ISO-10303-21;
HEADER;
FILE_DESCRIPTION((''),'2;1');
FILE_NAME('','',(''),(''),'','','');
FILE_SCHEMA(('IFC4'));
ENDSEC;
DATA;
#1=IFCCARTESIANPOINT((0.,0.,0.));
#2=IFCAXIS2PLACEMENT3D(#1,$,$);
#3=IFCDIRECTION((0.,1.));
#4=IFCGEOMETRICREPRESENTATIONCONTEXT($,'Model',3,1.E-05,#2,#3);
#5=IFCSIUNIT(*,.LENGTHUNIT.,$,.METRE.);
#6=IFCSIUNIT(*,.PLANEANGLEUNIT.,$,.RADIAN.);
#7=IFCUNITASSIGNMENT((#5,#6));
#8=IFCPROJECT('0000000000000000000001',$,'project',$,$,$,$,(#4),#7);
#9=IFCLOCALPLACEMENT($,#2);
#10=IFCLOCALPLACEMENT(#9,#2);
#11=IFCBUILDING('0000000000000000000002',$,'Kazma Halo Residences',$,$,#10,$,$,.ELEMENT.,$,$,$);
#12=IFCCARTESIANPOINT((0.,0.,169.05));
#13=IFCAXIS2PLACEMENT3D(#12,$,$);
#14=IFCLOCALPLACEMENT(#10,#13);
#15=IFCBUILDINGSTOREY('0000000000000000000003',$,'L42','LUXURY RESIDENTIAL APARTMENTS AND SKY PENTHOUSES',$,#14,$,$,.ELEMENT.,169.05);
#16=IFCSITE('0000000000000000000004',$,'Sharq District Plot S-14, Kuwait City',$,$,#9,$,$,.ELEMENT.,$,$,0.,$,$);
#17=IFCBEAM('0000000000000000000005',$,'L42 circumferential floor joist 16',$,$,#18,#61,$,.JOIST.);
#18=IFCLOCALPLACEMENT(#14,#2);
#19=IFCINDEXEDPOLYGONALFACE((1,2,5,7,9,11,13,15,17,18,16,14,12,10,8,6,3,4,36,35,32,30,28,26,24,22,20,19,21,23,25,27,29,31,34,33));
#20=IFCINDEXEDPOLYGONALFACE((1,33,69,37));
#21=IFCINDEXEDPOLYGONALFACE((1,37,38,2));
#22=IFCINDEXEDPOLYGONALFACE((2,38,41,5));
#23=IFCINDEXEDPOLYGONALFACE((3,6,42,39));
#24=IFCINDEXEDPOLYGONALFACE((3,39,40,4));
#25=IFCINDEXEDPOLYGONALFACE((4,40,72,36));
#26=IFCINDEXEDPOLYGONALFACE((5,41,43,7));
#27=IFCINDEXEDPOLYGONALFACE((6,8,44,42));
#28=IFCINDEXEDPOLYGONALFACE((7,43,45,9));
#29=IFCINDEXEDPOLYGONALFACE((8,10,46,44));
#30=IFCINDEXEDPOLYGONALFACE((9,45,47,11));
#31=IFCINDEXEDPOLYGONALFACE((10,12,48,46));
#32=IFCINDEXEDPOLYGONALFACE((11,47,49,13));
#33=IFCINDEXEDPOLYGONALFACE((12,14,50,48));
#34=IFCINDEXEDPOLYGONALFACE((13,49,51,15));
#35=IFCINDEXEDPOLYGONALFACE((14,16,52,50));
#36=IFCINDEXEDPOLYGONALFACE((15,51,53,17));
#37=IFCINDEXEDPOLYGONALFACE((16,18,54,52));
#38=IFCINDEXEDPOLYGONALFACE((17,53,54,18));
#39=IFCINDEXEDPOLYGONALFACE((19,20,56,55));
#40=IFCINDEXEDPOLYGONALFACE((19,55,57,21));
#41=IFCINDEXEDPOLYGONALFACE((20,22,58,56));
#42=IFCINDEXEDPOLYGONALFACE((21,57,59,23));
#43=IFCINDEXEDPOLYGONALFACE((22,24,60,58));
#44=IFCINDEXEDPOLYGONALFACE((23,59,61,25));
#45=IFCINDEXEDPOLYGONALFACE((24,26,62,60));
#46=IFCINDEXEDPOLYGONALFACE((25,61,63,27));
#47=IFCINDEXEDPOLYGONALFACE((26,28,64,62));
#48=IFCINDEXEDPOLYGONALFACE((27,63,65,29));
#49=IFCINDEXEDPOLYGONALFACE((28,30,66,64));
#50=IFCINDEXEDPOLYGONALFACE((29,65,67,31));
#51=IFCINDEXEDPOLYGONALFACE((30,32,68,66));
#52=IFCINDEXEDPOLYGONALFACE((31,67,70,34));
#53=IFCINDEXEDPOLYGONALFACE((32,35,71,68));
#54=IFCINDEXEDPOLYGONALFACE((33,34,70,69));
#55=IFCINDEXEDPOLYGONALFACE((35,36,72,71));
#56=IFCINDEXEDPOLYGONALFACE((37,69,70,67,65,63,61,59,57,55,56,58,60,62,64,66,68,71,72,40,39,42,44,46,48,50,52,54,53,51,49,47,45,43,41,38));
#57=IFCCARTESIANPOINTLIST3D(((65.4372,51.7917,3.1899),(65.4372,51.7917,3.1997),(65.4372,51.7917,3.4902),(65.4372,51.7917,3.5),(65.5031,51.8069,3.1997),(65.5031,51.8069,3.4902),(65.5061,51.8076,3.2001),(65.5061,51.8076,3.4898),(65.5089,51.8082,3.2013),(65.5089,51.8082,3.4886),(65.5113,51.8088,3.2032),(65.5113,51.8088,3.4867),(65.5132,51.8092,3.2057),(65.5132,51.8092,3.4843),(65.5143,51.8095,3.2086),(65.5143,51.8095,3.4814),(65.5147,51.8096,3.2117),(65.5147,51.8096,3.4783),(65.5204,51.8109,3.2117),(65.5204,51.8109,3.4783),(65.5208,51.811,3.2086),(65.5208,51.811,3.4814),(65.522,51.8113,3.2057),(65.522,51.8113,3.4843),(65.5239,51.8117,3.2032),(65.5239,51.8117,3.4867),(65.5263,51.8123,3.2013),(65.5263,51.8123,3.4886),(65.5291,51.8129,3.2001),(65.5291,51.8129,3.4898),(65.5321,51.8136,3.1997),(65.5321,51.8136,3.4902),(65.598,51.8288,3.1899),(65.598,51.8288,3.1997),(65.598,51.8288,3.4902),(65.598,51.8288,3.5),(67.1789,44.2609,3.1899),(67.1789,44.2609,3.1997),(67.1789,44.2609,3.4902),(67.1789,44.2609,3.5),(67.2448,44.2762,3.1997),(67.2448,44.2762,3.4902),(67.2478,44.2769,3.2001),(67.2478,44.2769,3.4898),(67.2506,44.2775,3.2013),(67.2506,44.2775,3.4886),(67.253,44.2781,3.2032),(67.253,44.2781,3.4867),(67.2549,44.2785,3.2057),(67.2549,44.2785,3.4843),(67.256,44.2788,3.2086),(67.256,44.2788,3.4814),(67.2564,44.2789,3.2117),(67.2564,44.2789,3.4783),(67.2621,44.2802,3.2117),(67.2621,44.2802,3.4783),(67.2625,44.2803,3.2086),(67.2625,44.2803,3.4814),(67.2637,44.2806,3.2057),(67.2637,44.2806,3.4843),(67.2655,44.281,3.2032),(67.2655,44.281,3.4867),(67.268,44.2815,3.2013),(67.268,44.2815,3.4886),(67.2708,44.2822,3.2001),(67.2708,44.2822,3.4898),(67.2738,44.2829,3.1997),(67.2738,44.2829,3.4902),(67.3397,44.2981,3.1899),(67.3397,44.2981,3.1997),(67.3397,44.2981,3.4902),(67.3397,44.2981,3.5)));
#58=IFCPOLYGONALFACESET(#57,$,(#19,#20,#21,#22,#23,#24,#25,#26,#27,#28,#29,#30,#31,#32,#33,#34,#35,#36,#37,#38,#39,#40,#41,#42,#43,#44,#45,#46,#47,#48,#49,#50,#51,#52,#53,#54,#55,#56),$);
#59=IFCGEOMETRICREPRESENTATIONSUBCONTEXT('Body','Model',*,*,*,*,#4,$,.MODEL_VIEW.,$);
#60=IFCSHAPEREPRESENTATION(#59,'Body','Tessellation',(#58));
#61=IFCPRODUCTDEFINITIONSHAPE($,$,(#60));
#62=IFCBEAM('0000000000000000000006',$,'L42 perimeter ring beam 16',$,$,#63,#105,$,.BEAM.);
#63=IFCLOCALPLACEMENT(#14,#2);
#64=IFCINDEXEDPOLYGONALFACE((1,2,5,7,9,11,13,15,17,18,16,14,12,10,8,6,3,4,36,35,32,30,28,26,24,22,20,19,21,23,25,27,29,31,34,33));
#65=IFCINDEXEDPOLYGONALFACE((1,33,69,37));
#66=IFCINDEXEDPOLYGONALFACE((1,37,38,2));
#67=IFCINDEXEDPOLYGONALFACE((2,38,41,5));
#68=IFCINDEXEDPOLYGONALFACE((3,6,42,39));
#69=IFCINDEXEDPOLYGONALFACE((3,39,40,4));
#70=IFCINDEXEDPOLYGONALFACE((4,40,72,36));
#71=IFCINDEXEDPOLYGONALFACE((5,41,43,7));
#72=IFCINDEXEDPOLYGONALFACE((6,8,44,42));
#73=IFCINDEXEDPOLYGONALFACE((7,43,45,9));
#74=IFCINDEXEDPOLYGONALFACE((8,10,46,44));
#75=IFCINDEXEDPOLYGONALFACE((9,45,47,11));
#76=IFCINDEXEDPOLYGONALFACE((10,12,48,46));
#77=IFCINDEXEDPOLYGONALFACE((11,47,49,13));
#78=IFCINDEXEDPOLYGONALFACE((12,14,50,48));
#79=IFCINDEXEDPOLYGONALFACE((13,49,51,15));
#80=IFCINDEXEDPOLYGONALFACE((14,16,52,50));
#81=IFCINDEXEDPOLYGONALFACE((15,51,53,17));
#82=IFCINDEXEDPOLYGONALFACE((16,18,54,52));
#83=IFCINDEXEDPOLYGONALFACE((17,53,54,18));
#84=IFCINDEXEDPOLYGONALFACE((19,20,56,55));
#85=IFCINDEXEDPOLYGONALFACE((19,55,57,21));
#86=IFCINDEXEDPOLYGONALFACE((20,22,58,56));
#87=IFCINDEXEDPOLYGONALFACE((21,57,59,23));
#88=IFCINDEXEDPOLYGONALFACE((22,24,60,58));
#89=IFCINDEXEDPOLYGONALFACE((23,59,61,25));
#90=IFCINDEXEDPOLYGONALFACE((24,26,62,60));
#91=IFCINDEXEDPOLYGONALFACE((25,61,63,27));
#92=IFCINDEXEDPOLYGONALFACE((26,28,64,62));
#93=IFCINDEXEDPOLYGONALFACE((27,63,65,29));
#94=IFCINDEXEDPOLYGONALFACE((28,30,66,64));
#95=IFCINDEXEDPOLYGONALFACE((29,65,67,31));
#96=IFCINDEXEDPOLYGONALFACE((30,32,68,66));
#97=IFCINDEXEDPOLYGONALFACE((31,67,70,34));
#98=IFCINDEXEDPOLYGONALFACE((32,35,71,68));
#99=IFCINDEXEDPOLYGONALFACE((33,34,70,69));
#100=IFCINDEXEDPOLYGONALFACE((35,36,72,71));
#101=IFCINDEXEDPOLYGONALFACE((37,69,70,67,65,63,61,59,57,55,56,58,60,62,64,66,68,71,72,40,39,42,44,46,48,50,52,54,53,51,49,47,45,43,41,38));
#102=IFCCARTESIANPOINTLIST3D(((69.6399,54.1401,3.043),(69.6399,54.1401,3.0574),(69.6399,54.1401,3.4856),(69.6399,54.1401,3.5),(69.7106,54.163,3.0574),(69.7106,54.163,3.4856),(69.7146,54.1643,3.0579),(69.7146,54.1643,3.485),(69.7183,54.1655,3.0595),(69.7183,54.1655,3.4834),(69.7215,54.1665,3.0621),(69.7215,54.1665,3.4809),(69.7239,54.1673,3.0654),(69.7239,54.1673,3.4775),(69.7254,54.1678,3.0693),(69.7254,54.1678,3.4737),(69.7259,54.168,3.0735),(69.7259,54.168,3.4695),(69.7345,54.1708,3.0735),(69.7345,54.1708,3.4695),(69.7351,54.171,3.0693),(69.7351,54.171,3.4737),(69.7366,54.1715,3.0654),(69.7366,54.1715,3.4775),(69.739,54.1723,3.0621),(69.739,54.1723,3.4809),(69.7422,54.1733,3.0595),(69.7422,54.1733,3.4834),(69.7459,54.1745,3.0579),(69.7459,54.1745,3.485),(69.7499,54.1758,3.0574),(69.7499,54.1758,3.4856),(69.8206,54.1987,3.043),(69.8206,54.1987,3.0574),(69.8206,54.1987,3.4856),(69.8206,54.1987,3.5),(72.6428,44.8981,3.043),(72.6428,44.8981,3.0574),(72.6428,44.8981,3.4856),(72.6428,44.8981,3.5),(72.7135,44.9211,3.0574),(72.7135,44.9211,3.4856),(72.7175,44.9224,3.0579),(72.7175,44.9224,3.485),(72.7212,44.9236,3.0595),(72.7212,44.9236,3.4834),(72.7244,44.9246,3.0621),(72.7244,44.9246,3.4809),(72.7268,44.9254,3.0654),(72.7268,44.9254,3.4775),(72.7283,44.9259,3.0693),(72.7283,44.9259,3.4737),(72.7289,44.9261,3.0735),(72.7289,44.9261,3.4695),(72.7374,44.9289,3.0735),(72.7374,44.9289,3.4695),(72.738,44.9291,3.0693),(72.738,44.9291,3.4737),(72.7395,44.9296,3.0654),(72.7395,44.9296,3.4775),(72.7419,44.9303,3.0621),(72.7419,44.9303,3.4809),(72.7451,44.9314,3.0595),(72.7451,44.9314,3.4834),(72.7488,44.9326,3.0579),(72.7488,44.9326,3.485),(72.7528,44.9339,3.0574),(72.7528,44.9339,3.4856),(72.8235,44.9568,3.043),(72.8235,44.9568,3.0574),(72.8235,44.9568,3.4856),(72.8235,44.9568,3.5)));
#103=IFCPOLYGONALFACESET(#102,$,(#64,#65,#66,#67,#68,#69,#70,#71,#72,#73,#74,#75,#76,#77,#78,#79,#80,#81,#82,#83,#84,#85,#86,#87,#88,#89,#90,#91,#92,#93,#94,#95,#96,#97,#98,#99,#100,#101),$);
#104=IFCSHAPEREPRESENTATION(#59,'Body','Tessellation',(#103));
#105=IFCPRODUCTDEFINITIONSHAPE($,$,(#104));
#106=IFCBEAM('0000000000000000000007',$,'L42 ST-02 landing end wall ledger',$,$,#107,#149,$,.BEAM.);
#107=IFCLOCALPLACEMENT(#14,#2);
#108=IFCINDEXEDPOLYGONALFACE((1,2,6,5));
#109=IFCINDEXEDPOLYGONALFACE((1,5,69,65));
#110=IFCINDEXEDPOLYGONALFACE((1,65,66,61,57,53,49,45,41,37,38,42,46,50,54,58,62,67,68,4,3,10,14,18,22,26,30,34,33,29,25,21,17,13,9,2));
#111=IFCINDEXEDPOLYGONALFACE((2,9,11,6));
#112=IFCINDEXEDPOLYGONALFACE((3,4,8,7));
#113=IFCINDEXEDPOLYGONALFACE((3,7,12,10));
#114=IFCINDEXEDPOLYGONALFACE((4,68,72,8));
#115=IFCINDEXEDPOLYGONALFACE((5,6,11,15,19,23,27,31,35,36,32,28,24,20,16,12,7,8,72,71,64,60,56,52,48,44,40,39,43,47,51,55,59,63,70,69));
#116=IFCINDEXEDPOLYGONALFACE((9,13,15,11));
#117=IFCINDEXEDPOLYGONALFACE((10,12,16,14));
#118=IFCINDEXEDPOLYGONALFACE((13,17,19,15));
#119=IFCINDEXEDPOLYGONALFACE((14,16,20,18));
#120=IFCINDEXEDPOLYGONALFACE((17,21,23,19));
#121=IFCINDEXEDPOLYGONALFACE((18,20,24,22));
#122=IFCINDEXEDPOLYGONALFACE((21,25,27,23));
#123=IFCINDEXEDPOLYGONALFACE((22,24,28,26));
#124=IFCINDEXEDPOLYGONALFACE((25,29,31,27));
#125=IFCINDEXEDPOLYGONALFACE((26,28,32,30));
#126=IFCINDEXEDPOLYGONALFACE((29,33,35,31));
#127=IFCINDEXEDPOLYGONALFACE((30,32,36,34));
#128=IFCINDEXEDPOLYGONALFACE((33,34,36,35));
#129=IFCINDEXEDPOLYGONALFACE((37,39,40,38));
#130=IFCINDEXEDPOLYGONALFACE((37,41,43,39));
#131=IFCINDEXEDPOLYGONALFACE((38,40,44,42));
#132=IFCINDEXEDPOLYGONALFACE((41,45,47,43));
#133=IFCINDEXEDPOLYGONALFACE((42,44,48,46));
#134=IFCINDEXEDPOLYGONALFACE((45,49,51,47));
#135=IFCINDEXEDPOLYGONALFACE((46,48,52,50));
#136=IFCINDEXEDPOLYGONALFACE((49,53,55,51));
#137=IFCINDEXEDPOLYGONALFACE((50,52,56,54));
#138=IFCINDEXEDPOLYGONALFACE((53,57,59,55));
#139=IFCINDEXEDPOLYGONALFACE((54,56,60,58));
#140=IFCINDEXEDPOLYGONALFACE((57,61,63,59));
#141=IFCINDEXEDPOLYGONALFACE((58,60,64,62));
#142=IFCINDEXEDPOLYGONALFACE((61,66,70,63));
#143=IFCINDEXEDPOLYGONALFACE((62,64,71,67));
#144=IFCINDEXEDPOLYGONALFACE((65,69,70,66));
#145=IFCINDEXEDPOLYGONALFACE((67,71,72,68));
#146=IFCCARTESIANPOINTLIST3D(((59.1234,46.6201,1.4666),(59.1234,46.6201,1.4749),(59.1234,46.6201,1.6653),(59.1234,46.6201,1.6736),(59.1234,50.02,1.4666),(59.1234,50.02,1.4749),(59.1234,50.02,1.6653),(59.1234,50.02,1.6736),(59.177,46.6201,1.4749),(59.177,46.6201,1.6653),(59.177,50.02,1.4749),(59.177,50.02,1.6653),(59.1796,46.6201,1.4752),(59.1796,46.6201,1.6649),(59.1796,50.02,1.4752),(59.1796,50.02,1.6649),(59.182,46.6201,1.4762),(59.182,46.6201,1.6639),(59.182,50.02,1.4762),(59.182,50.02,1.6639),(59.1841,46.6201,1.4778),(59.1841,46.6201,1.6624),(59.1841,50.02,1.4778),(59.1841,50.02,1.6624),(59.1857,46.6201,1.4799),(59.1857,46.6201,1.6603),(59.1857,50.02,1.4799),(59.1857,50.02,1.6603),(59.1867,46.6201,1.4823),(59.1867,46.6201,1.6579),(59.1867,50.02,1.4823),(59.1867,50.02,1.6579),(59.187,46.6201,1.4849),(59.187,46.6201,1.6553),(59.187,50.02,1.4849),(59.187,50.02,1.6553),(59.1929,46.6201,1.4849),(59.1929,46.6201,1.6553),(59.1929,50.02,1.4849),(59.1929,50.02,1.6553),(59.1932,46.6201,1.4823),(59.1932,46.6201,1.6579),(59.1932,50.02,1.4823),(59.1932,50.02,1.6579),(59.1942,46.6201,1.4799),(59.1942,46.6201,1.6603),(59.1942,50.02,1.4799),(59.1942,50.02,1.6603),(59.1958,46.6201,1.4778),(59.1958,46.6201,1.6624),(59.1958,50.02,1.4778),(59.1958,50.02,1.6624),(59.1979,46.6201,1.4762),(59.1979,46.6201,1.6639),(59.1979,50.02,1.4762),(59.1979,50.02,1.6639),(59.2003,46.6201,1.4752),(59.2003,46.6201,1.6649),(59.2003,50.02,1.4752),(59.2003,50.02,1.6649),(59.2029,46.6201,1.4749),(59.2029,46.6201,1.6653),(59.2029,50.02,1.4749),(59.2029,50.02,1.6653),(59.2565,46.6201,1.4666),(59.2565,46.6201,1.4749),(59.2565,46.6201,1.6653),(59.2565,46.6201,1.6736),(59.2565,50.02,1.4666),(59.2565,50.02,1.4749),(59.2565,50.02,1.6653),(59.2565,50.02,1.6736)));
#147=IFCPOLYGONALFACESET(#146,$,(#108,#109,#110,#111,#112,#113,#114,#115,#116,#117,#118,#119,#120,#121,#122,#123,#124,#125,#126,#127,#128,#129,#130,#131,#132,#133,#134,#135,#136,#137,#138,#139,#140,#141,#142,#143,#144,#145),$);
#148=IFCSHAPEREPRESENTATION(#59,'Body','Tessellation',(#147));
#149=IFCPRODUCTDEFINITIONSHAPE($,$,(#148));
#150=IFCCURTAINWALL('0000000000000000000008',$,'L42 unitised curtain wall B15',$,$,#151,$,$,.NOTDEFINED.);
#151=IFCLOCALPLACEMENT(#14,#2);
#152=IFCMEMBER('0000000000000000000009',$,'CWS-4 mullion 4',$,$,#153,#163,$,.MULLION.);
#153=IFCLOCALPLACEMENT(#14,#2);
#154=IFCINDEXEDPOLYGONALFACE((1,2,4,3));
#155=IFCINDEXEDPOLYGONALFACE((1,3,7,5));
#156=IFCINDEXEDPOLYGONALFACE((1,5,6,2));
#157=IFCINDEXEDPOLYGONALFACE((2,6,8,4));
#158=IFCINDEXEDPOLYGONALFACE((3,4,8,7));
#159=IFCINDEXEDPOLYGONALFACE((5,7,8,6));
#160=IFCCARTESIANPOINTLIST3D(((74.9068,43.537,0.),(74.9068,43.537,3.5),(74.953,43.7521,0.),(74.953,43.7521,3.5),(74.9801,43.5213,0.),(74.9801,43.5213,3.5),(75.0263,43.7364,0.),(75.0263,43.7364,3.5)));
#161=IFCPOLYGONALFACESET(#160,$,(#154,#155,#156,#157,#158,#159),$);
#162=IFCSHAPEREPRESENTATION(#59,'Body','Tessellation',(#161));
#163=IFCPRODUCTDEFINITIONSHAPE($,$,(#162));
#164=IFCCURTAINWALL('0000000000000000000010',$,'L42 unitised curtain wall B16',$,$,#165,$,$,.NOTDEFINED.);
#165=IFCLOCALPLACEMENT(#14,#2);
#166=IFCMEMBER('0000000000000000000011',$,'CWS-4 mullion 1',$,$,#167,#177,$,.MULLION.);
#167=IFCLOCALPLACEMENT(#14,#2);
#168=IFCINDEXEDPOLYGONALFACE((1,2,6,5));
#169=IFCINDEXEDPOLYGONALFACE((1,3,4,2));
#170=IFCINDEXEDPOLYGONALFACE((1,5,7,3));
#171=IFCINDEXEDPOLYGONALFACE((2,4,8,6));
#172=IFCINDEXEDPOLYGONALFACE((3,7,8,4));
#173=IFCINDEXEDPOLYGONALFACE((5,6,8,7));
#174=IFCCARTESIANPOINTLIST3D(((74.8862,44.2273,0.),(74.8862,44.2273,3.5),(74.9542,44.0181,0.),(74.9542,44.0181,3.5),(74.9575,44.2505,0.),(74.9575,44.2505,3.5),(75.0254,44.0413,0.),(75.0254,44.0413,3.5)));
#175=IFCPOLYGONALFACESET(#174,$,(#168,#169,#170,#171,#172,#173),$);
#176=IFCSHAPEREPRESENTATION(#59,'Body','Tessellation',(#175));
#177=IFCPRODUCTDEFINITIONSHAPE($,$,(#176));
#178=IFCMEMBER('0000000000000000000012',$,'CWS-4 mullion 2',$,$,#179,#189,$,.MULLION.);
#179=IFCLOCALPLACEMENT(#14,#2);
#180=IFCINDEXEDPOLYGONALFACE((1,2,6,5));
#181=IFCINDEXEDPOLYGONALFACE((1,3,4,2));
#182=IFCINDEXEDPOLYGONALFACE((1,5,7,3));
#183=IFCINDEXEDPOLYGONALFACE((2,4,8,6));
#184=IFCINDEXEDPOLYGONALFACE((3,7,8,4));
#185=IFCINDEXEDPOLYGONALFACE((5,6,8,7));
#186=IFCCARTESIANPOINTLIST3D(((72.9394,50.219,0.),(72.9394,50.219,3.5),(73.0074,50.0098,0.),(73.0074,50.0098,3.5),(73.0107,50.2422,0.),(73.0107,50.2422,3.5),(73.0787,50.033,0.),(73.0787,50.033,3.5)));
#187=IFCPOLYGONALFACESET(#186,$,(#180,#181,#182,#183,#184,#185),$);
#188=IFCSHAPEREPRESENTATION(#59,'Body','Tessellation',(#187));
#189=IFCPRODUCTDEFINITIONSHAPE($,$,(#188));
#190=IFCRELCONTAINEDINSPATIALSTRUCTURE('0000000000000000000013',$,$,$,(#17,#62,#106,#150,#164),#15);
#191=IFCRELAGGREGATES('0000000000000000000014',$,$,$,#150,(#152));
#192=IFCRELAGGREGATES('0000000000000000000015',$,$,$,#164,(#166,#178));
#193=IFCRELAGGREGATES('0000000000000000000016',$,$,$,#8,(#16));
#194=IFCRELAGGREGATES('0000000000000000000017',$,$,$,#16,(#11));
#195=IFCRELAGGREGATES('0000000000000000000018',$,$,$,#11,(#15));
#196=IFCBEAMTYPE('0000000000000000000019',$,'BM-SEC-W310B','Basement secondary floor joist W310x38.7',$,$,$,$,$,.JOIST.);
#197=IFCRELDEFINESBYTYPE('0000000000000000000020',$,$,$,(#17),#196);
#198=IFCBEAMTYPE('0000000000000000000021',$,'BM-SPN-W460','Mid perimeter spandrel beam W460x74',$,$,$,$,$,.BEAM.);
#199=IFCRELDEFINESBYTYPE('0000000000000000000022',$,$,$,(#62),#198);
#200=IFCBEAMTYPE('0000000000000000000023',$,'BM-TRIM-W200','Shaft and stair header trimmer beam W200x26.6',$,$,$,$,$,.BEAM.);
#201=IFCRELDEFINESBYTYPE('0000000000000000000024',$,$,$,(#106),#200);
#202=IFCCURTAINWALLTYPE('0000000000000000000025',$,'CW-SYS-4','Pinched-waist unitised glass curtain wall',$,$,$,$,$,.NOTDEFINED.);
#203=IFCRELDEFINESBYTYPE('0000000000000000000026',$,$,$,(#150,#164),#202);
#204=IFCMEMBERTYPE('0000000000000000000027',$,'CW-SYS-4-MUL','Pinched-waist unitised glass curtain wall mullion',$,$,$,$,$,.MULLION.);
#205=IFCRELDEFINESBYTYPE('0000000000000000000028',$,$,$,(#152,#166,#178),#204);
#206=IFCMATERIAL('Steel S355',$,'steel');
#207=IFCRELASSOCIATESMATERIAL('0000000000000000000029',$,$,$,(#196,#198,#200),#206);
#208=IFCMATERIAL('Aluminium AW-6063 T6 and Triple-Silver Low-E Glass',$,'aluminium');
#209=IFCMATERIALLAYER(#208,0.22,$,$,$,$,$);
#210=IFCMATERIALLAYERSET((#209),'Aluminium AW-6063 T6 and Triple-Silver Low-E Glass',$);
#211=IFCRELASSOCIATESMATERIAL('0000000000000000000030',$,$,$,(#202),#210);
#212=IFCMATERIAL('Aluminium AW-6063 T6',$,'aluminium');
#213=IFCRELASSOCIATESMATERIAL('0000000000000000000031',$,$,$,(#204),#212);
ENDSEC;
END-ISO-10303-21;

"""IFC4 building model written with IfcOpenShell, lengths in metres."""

from ifc_helpers import new_model, si_unit, direction, frame, origin, origin_2d, place, context, subcontext, project, spatial, rectangle, i_section, extrude, material, layer, layer_set, material_profile, profile_set, type_object, element, aggregate, save


model = new_model("IFC4")

# Units and contexts
model_context = context("Model", 3, precision=1e-05, world=origin(), true_north=direction((0.0, 1.0)))
body_context = subcontext(model_context, "Body", "Model", "MODEL_VIEW")
ifc_project = project(units=[si_unit("LENGTHUNIT", "METRE"), si_unit("PLANEANGLEUNIT", "RADIAN")], contexts=[model_context])

# Site, building, storey
site_placement = place(None, origin())
site = spatial("IfcSite", under=ifc_project, at=site_placement, Name="Sharq District Plot S-14, Kuwait City", CompositionType="ELEMENT", RefElevation=0.0)
building_placement = place(site_placement, origin())
building = spatial("IfcBuilding", under=site, at=building_placement, Name="Kazma Halo Residences", CompositionType="ELEMENT")
storey_placement = place(building_placement, frame((0.0, 0.0, 169.05)))
storey = spatial("IfcBuildingStorey", under=building, at=storey_placement, Name="L42", Description="LUXURY RESIDENTIAL APARTMENTS AND SKY PENTHOUSES", CompositionType="ELEMENT", Elevation=169.05)

# Beams
ifc_material_1 = material(Name="Steel S355", Category="steel")
ifc_material_profile_1 = material_profile(ifc_material_1, i_section(OverallWidth=0.165, OverallDepth=0.3101, WebThickness=0.0059, FlangeThickness=0.0098, FilletRadius=0.012, at=origin_2d()), Name="W310x38.7")
ifc_profile_set_1 = profile_set([ifc_material_profile_1], Name="Steel S355")
beam_type_1 = type_object("IfcBeamType", Name="BM-SEC-W310B", Description="Basement secondary floor joist W310x38.7", PredefinedType="JOIST", material=ifc_profile_set_1)
beam_1_placement = place(storey_placement, frame((67.2593, 44.2795, 3.345), z_axis=(-0.22533, 0.974282, 0.0), x_axis=(-0.974282, -0.22533, 0.0)))
element("IfcBeam", 1, at=beam_1_placement, inside=storey, type_object=beam_type_1, Name="L42 circumferential floor joist 16", PredefinedType="JOIST", context=body_context, shape_type="SweptSolid", body=[
    extrude(i_section(OverallWidth=0.165, OverallDepth=0.3101, WebThickness=0.0059, FlangeThickness=0.0098, FilletRadius=0.012, at=origin_2d()), origin(), (0.0, 0.0, 1.0), 7.7295),
])
ifc_material_profile_2 = material_profile(ifc_material_1, i_section(OverallWidth=0.1899, OverallDepth=0.457, WebThickness=0.009, FlangeThickness=0.0144, FilletRadius=0.0161, at=origin_2d()), Name="W460x74")
ifc_profile_set_2 = profile_set([ifc_material_profile_2], Name="Steel S355")
beam_type_2 = type_object("IfcBeamType", Name="BM-SPN-W460", Description="Mid perimeter spandrel beam W460x74", PredefinedType="BEAM", material=ifc_profile_set_2)
beam_2_placement = place(storey_placement, frame((72.7332, 44.9275, 3.2715), z_axis=(-0.309021, 0.951055, 0.0), x_axis=(-0.951055, -0.309021, 0.0)))
element("IfcBeam", 2, at=beam_2_placement, inside=storey, type_object=beam_type_2, Name="L42 perimeter ring beam 16", PredefinedType="BEAM", context=body_context, shape_type="SweptSolid", body=[
    extrude(i_section(OverallWidth=0.1899, OverallDepth=0.457, WebThickness=0.009, FlangeThickness=0.0144, FilletRadius=0.0161, at=origin_2d()), origin(), (0.0, 0.0, 1.0), 9.7175),
])
ifc_material_profile_3 = material_profile(ifc_material_1, i_section(OverallWidth=0.1331, OverallDepth=0.207, WebThickness=0.0059, FlangeThickness=0.0083, FilletRadius=0.01, at=origin_2d()), Name="W200x26.6")
ifc_profile_set_3 = profile_set([ifc_material_profile_3], Name="Steel S355")
beam_type_3 = type_object("IfcBeamType", Name="BM-TRIM-W200", Description="Shaft and stair header trimmer beam W200x26.6", PredefinedType="BEAM", material=ifc_profile_set_3)
beam_3_placement = place(storey_placement, frame((59.1899, 46.6201, 1.5701), z_axis=(0.0, 1.0, 0.0), x_axis=(-1.0, 0.0, 0.0)))
element("IfcBeam", 3, at=beam_3_placement, inside=storey, type_object=beam_type_3, Name="L42 ST-02 landing end wall ledger", PredefinedType="BEAM", context=body_context, shape_type="SweptSolid", body=[
    extrude(i_section(OverallWidth=0.1331, OverallDepth=0.207, WebThickness=0.0059, FlangeThickness=0.0083, FilletRadius=0.01, at=origin_2d()), origin(), (0.0, 0.0, 1.0), 3.3999),
])

# Curtain wall, member
ifc_material_2 = material(Name="Aluminium AW-6063 T6 and Triple-Silver Low-E Glass", Category="aluminium")
ifc_layer_1 = layer(ifc_material_2, 0.22)
ifc_layer_set_1 = layer_set([ifc_layer_1], Name="Aluminium AW-6063 T6 and Triple-Silver Low-E Glass")
curtain_wall_type = type_object("IfcCurtainWallType", Name="CW-SYS-4", Description="Pinched-waist unitised glass curtain wall", PredefinedType="NOTDEFINED", material=ifc_layer_set_1)
curtain_wall_1_placement = place(storey_placement, origin())
curtain_wall_1 = element("IfcCurtainWall", 4, at=curtain_wall_1_placement, inside=storey, type_object=curtain_wall_type, Name="L42 unitised curtain wall B15", PredefinedType="NOTDEFINED")
ifc_material_3 = material(Name="Aluminium AW-6063 T6", Category="aluminium")
ifc_material_profile_4 = material_profile(ifc_material_3, rectangle(XDim=0.075, YDim=0.22, at=origin_2d()), Name="CWM-75x220")
ifc_profile_set_4 = profile_set([ifc_material_profile_4], Name="Aluminium AW-6063 T6")
member_type_1 = type_object("IfcMemberType", Name="CW-SYS-4-MUL", Description="Pinched-waist unitised glass curtain wall mullion", PredefinedType="MULLION", material=ifc_profile_set_4)
member_1_placement = place(storey_placement, frame((74.9666, 43.6367, 0.0), z_axis=(0.0, 0.0, 1.0), x_axis=(-0.977765, 0.209704, 0.0)))
member_1 = element("IfcMember", 5, at=member_1_placement, type_object=member_type_1, Name="CWS-4 mullion 4", PredefinedType="MULLION", context=body_context, shape_type="SweptSolid", body=[
    extrude(rectangle(XDim=0.075, YDim=0.22, at=origin_2d()), origin(), (0.0, 0.0, 1.0), 3.5),
])
aggregate(curtain_wall_1, [member_1])

# Curtain wall, members
curtain_wall_2_placement = place(storey_placement, origin())
curtain_wall_2 = element("IfcCurtainWall", 6, at=curtain_wall_2_placement, inside=storey, type_object=curtain_wall_type, Name="L42 unitised curtain wall B16", PredefinedType="NOTDEFINED")
member_2_placement = place(storey_placement, frame((74.9558, 44.1343, 0.0), z_axis=(0.0, 0.0, 1.0), x_axis=(-0.951058, -0.309014, 0.0)))
member_2 = element("IfcMember", 7, at=member_2_placement, type_object=member_type_1, Name="CWS-4 mullion 1", PredefinedType="MULLION", context=body_context, shape_type="SweptSolid", body=[
    extrude(rectangle(XDim=0.075, YDim=0.22, at=origin_2d()), origin(), (0.0, 0.0, 1.0), 3.5),
])
member_3_placement = place(storey_placement, frame((73.009, 50.126, 0.0), z_axis=(0.0, 0.0, 1.0), x_axis=(-0.951058, -0.309014, 0.0)))
member_3 = element("IfcMember", 8, at=member_3_placement, type_object=member_type_1, Name="CWS-4 mullion 2", PredefinedType="MULLION", context=body_context, shape_type="SweptSolid", body=[
    extrude(rectangle(XDim=0.075, YDim=0.22, at=origin_2d()), origin(), (0.0, 0.0, 1.0), 3.5),
])
aggregate(curtain_wall_2, [member_2, member_3])

save(model, "model.ifc")
